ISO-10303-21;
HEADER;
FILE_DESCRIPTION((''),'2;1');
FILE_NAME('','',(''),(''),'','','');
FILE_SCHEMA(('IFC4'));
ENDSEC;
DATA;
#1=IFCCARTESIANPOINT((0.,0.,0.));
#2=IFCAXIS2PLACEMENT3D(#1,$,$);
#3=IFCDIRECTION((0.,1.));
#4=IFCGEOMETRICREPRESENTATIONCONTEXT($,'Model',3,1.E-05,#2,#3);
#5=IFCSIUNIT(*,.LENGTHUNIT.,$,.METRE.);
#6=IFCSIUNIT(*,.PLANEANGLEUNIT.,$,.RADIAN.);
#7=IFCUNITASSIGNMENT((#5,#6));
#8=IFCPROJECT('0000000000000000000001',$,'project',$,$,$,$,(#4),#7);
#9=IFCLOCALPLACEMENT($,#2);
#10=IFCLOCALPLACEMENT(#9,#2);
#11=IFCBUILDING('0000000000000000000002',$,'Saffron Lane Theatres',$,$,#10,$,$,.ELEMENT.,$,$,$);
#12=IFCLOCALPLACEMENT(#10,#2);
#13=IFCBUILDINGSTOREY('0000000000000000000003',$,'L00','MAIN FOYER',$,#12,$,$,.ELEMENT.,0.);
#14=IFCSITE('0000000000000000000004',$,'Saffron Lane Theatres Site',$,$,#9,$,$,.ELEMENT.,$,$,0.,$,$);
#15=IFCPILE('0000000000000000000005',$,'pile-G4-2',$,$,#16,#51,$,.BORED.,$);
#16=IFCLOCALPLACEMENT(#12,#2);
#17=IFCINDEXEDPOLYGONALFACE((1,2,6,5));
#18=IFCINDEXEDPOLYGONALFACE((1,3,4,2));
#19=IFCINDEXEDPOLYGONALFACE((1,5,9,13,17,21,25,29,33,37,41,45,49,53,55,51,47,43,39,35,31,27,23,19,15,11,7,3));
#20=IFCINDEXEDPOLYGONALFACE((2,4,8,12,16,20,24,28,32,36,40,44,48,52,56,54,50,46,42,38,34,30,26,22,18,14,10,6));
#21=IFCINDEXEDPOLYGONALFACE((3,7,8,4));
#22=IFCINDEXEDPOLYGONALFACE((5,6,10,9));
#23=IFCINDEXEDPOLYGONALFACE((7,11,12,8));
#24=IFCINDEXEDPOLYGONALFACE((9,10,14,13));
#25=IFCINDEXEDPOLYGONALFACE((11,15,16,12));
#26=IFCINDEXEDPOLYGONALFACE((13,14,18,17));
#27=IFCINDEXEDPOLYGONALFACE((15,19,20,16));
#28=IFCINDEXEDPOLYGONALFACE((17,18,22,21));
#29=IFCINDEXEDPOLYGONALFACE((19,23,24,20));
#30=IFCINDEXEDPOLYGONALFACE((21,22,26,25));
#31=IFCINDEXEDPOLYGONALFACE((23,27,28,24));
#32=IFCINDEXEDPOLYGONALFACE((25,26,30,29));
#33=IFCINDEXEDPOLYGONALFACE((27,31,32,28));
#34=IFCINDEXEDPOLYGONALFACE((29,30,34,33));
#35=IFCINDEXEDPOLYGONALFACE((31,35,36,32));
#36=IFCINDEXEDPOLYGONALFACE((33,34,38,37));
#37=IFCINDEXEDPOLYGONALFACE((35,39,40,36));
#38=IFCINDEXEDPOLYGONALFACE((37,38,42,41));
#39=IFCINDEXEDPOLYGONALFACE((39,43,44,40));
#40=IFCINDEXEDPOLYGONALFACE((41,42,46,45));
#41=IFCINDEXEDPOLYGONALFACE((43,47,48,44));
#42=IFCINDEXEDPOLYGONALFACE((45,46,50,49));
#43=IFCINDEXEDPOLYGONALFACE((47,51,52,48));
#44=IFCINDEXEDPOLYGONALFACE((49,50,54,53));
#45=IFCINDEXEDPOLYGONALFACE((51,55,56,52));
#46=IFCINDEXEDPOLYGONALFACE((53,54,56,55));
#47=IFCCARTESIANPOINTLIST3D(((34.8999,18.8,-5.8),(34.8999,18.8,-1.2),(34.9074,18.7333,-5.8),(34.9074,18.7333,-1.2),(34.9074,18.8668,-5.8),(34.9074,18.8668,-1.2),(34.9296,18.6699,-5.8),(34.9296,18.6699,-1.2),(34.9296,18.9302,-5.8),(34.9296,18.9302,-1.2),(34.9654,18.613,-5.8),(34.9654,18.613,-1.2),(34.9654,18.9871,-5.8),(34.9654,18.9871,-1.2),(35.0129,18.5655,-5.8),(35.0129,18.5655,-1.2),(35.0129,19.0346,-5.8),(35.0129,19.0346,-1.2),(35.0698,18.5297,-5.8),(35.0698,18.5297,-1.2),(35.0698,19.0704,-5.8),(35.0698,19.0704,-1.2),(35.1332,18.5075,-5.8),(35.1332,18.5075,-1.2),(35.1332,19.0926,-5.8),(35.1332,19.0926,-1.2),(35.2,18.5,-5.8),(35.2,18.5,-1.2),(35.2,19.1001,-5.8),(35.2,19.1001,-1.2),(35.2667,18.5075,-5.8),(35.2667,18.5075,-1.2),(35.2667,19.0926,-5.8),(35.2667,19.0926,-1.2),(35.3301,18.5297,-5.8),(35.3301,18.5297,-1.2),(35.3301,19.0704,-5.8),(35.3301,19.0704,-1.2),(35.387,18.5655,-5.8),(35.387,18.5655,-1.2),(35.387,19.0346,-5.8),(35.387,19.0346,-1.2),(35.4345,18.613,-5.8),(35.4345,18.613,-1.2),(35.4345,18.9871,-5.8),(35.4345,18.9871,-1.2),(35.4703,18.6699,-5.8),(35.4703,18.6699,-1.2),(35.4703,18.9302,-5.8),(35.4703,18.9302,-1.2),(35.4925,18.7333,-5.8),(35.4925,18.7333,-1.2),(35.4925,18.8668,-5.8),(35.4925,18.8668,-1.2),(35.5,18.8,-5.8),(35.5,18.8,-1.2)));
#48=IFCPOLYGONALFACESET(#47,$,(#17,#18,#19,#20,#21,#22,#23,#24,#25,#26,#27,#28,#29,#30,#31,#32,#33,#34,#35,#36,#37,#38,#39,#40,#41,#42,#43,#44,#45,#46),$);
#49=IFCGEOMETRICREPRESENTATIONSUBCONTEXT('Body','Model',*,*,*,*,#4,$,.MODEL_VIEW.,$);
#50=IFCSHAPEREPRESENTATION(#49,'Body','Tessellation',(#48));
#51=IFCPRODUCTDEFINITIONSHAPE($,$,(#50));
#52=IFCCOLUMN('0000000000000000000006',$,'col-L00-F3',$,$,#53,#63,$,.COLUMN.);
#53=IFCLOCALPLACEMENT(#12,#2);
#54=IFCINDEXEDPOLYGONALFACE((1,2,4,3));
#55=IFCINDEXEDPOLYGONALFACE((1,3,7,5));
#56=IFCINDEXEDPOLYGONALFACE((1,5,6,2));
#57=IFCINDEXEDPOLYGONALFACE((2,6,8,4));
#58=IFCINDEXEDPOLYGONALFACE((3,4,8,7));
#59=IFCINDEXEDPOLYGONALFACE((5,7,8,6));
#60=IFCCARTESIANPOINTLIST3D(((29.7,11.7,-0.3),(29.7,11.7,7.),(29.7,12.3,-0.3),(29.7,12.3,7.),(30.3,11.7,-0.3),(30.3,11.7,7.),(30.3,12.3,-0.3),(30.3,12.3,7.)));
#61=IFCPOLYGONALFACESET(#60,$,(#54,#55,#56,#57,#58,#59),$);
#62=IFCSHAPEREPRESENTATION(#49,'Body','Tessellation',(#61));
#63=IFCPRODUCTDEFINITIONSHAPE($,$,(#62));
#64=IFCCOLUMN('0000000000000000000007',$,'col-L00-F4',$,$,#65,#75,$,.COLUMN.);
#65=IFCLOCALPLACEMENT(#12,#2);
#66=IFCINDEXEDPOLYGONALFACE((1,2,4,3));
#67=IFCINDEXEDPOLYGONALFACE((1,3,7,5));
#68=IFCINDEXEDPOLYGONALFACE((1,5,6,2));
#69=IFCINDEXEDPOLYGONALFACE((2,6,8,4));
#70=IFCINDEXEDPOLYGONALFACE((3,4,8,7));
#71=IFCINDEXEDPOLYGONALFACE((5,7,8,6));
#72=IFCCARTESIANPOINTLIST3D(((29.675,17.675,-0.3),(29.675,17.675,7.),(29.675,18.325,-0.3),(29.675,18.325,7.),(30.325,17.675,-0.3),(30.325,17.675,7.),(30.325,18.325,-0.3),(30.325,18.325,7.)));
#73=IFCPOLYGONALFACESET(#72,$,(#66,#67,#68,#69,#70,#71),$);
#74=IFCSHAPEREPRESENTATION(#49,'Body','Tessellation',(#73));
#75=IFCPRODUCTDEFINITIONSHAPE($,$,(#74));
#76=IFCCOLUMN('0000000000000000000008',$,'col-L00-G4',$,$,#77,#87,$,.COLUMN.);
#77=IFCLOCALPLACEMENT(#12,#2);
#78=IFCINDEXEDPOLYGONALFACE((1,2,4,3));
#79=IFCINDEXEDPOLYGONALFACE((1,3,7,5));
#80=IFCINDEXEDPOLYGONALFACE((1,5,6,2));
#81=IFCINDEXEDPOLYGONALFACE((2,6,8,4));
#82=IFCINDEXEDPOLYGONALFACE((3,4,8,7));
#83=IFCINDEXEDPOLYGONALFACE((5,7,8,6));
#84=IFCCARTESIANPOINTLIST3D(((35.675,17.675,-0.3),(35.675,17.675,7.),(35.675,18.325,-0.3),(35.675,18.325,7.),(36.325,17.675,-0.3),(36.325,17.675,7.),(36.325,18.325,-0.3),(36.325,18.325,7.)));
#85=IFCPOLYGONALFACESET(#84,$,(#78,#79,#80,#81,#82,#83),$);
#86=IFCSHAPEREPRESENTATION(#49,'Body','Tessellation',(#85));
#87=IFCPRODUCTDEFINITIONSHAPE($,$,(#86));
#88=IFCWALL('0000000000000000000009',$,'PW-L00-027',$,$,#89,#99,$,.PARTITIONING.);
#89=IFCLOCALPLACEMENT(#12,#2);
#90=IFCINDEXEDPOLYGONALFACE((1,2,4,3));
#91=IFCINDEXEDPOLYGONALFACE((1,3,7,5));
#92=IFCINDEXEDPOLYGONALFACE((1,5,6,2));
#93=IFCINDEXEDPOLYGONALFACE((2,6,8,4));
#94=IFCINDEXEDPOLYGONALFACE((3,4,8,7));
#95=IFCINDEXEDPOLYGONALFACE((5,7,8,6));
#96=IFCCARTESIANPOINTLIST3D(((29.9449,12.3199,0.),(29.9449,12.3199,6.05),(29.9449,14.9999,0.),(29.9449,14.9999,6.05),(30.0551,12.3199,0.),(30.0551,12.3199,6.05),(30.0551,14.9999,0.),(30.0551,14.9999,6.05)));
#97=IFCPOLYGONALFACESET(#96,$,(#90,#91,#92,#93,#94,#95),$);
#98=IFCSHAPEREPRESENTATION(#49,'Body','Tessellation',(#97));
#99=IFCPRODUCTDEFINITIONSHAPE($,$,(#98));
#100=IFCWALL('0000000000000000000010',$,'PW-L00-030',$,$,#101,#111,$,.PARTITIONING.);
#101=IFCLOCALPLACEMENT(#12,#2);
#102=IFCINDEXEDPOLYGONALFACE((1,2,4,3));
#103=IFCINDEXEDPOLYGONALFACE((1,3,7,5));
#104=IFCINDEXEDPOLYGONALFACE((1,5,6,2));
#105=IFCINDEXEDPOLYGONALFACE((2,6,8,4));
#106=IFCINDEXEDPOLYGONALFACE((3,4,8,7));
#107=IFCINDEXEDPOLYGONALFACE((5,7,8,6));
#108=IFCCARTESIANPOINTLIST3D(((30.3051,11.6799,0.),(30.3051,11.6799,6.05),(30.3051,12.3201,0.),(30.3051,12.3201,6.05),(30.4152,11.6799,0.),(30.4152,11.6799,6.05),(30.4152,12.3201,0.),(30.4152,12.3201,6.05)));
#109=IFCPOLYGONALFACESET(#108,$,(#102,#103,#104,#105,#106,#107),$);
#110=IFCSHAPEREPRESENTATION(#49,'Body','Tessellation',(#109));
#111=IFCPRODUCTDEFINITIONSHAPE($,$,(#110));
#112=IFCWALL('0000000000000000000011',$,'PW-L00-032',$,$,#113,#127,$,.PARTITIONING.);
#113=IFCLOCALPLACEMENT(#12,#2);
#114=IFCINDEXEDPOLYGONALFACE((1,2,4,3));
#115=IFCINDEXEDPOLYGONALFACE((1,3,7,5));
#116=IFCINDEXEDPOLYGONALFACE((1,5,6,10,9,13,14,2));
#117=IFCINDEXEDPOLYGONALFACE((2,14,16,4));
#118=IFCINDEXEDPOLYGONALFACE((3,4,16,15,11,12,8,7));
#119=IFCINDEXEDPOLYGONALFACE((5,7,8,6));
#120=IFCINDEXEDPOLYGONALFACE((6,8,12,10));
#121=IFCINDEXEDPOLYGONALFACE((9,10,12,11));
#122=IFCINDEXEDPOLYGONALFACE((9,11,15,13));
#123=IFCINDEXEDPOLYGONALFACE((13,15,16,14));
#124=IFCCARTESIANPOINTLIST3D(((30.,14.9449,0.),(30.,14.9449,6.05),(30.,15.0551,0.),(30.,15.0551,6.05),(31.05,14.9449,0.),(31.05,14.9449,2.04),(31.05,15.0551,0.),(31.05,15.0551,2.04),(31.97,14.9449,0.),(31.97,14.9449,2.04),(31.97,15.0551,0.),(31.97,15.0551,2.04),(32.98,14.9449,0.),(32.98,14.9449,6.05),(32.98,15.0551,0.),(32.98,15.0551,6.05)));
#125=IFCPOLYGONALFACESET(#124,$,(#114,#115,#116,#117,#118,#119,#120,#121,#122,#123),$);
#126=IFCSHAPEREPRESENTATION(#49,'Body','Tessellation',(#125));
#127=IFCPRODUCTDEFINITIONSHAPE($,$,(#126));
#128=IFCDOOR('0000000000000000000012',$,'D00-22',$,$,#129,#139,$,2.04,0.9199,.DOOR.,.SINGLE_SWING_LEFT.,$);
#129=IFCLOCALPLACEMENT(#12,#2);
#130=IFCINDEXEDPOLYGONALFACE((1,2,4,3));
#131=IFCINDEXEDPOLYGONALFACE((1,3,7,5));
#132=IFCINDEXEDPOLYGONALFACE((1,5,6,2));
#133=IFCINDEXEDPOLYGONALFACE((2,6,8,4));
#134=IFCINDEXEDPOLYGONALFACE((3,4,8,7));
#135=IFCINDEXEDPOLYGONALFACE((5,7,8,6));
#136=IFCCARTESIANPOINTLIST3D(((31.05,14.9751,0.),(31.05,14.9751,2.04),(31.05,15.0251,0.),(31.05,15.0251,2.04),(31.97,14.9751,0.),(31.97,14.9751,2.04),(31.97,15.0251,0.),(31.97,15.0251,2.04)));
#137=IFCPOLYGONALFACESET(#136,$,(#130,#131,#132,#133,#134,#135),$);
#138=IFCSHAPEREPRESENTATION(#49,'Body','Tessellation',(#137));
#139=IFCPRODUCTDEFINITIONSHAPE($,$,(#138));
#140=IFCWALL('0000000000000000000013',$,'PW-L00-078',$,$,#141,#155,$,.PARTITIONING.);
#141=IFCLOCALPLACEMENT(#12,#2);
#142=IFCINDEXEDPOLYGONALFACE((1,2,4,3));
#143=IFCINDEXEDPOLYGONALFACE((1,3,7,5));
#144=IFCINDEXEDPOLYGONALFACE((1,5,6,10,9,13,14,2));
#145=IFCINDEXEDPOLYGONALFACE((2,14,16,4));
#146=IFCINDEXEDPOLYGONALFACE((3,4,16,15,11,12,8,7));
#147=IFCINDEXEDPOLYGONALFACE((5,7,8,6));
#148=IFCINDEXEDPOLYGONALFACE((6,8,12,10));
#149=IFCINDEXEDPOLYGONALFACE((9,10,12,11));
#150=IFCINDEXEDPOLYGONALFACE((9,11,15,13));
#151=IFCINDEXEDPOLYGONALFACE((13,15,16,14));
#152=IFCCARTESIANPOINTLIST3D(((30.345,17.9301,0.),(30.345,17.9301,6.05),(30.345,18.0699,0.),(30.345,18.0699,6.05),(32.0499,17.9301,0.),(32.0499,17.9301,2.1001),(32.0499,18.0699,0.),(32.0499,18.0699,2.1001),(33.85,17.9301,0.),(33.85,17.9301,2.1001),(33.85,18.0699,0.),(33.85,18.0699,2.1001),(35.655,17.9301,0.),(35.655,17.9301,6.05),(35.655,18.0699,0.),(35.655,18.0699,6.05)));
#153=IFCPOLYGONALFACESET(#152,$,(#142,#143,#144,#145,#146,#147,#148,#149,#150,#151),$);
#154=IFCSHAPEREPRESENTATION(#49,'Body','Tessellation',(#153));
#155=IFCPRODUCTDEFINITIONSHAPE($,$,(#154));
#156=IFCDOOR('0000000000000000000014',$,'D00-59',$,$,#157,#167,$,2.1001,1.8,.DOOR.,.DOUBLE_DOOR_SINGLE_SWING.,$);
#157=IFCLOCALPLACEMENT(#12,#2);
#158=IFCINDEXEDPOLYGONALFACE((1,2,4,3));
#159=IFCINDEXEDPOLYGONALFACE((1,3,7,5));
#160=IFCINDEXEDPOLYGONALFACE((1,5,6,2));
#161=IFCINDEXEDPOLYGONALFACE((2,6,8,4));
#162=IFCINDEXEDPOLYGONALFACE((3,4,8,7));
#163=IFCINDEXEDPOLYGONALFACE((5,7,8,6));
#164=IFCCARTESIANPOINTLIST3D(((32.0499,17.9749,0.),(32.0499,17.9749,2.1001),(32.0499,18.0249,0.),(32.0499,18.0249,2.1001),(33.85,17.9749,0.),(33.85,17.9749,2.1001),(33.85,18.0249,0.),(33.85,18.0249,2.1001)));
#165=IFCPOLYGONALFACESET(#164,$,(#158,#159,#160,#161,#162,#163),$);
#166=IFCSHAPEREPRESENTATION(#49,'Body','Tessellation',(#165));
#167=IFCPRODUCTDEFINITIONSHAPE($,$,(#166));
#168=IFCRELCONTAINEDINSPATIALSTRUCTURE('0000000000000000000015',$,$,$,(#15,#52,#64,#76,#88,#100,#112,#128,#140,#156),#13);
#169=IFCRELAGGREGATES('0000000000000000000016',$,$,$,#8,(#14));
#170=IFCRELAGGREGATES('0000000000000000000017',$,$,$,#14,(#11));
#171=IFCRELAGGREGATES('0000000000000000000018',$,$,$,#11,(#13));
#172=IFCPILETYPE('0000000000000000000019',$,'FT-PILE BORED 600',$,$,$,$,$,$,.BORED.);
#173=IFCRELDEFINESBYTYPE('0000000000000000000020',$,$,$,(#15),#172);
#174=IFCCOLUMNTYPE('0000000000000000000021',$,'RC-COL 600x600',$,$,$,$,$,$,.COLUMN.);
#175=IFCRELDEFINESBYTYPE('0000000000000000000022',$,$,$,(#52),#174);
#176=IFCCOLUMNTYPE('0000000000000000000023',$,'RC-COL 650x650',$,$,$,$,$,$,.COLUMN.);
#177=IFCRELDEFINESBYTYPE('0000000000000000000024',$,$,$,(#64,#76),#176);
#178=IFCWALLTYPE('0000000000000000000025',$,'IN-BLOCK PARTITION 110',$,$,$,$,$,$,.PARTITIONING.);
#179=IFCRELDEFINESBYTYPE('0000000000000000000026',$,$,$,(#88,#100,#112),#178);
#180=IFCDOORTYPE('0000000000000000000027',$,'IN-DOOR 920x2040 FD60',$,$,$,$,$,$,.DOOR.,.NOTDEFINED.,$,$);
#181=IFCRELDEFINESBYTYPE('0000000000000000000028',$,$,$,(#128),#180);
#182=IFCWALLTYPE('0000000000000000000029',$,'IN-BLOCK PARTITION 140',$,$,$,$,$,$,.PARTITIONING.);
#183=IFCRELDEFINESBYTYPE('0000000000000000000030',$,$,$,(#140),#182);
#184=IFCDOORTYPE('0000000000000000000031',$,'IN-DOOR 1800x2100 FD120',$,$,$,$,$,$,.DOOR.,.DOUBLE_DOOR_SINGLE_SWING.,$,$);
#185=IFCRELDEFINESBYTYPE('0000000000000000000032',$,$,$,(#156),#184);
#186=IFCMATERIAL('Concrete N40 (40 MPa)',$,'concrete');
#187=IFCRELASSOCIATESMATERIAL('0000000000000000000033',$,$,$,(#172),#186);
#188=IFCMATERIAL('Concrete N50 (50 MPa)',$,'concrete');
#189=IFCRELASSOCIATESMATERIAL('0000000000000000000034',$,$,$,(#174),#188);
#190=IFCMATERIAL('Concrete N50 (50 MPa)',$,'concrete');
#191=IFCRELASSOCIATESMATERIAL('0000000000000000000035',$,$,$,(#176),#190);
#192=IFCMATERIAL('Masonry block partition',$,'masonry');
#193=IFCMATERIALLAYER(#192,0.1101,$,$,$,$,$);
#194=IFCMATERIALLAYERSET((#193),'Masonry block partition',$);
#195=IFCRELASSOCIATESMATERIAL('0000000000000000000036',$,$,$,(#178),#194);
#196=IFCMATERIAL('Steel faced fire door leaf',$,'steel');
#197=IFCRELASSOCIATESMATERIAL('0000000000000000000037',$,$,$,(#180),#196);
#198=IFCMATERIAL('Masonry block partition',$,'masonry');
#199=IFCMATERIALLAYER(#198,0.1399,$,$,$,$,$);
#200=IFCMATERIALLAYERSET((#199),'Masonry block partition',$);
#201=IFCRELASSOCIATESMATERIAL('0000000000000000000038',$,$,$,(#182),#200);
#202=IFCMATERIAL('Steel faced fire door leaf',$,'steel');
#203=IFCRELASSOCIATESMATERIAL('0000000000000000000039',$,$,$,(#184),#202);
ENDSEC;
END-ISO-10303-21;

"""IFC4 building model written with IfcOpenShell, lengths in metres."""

from ifc_helpers import new_model, si_unit, direction, frame, frame_2d, origin, origin_2d, place, context, subcontext, project, spatial, rectangle, circle, extrude, material, layer, layer_set, material_profile, profile_set, type_object, element, fill, save


model = new_model("IFC4")

# Units and contexts
model_context = context("Model", 3, precision=1e-05, world=origin(), true_north=direction((0.0, 1.0)))
body_context = subcontext(model_context, "Body", "Model", "MODEL_VIEW")
ifc_project = project(units=[si_unit("LENGTHUNIT", "METRE"), si_unit("PLANEANGLEUNIT", "RADIAN")], contexts=[model_context])

# Site, building, storey
site_placement = place(None, origin())
site = spatial("IfcSite", under=ifc_project, at=site_placement, Name="Saffron Lane Theatres Site", CompositionType="ELEMENT", RefElevation=0.0)
building_placement = place(site_placement, origin())
building = spatial("IfcBuilding", under=site, at=building_placement, Name="Saffron Lane Theatres", CompositionType="ELEMENT")
storey_placement = place(building_placement, origin())
storey = spatial("IfcBuildingStorey", under=building, at=storey_placement, Name="L00", Description="MAIN FOYER", CompositionType="ELEMENT", Elevation=0.0)

# Pile
ifc_material_1 = material(Name="Concrete N40 (40 MPa)", Category="concrete")
ifc_material_profile_1 = material_profile(ifc_material_1, circle(Radius=0.3, at=origin_2d()))
ifc_profile_set_1 = profile_set([ifc_material_profile_1], Name="Concrete N40 (40 MPa)")
pile_type = type_object("IfcPileType", Name="FT-PILE BORED 600", PredefinedType="BORED", material=ifc_profile_set_1)
for number, where, z_axis, x_axis, name in (
    (1, (35.2, 18.8, -1.2), (0.0, 0.0, -1.0), (1.0, 0.0, 0.0), "pile-G4-2"),
):
    element("IfcPile", number, at=place(storey_placement, frame(where, z_axis=z_axis, x_axis=x_axis)), inside=storey, type_object=pile_type, Name=name, PredefinedType="BORED", context=body_context, shape_type="SweptSolid", body=[
        extrude(circle(Radius=0.3, at=origin_2d()), origin(), (0.0, 0.0, 1.0), 4.6001),
    ])

# Columns
ifc_material_2 = material(Name="Concrete N50 (50 MPa)", Category="concrete")
ifc_material_profile_2 = material_profile(ifc_material_2, rectangle(XDim=0.6001, YDim=0.6001, at=origin_2d()))
ifc_profile_set_2 = profile_set([ifc_material_profile_2], Name="Concrete N50 (50 MPa)")
column_type_1 = type_object("IfcColumnType", Name="RC-COL 600x600", PredefinedType="COLUMN", material=ifc_profile_set_2)
column_placement = place(storey_placement, frame((30.0, 12.0, -0.3), z_axis=(0.0, 0.0, 1.0), x_axis=(1.0, 0.0, 0.0)))
element("IfcColumn", 2, at=column_placement, inside=storey, type_object=column_type_1, Name="col-L00-F3", PredefinedType="COLUMN", context=body_context, shape_type="SweptSolid", body=[
    extrude(rectangle(XDim=0.6001, YDim=0.6001, at=origin_2d()), origin(), (0.0, 0.0, 1.0), 7.3),
])
ifc_material_3 = material(Name="Concrete N50 (50 MPa)", Category="concrete")
ifc_material_profile_3 = material_profile(ifc_material_3, rectangle(XDim=0.6499, YDim=0.6499, at=origin_2d()))
ifc_profile_set_3 = profile_set([ifc_material_profile_3], Name="Concrete N50 (50 MPa)")
column_type_2 = type_object("IfcColumnType", Name="RC-COL 650x650", PredefinedType="COLUMN", material=ifc_profile_set_3)
for number, where, z_axis, x_axis, name in (
    (3, (30.0, 18.0, -0.3), (0.0, 0.0, 1.0), (1.0, 0.0, 0.0), "col-L00-F4"),
    (4, (36.0, 18.0, -0.3), (0.0, 0.0, 1.0), (1.0, 0.0, 0.0), "col-L00-G4"),
):
    element("IfcColumn", number, at=place(storey_placement, frame(where, z_axis=z_axis, x_axis=x_axis)), inside=storey, type_object=column_type_2, Name=name, PredefinedType="COLUMN", context=body_context, shape_type="SweptSolid", body=[
        extrude(rectangle(XDim=0.6499, YDim=0.6499, at=origin_2d()), origin(), (0.0, 0.0, 1.0), 7.3),
    ])

# Walls
ifc_material_4 = material(Name="Masonry block partition", Category="masonry")
ifc_layer_1 = layer(ifc_material_4, 0.1101)
ifc_layer_set_1 = layer_set([ifc_layer_1], Name="Masonry block partition")
wall_type_1 = type_object("IfcWallType", Name="IN-BLOCK PARTITION 110", PredefinedType="PARTITIONING", material=ifc_layer_set_1)
wall_1_placement = place(storey_placement, frame((30.0, 12.3201, 0.0), z_axis=(0.0, 0.0, 1.0), x_axis=(0.0, 1.0, 0.0)))
element("IfcWall", 5, at=wall_1_placement, inside=storey, type_object=wall_type_1, Name="PW-L00-027", PredefinedType="PARTITIONING", context=body_context, shape_type="SweptSolid", body=[
    extrude(rectangle(XDim=2.6799, YDim=0.1101, at=frame_2d((1.3398, 0.0))), origin(), (0.0, 0.0, 1.0), 6.05),
])
wall_2_placement = place(storey_placement, frame((30.3601, 11.6799, 0.0), z_axis=(0.0, 0.0, 1.0), x_axis=(0.0, 1.0, 0.0)))
element("IfcWall", 6, at=wall_2_placement, inside=storey, type_object=wall_type_1, Name="PW-L00-030", PredefinedType="PARTITIONING", context=body_context, shape_type="SweptSolid", body=[
    extrude(rectangle(XDim=0.6401, YDim=0.1101, at=frame_2d((0.3201, 0.0))), origin(), (0.0, 0.0, 1.0), 6.05),
])

# Walls, openings, doors
wall_3_placement = place(storey_placement, frame((30.0, 15.0, 0.0), z_axis=(0.0, 0.0, 1.0), x_axis=(1.0, 0.0, 0.0)))
wall_3 = element("IfcWall", 7, at=wall_3_placement, inside=storey, type_object=wall_type_1, Name="PW-L00-032", PredefinedType="PARTITIONING", context=body_context, shape_type="SweptSolid", body=[
    extrude(rectangle(XDim=2.98, YDim=0.1101, at=frame_2d((1.49, 0.0))), origin(), (0.0, 0.0, 1.0), 6.05),
])
opening_1_placement = place(wall_3_placement, frame((1.05, 0.0, 0.0)))
opening_1 = element("IfcOpeningElement", 8, at=opening_1_placement, cuts=wall_3, PredefinedType="OPENING", context=body_context, shape_type="SweptSolid", body=[
    extrude(rectangle(XDim=0.9199, YDim=2.04, at=frame_2d((0.46, 1.02))), frame((0.0, 0.0649, 0.0), z_axis=(0.0, -1.0, 0.0), x_axis=(1.0, 0.0, 0.0)), (0.0, 0.0, 1.0), 0.1301),
])
ifc_material_5 = material(Name="Steel faced fire door leaf", Category="steel")
door_type_1 = type_object("IfcDoorType", Name="IN-DOOR 920x2040 FD60", OperationType="NOTDEFINED", PredefinedType="DOOR", material=ifc_material_5)
door_1_placement = place(opening_1_placement, frame((0.9199, 0.0, 0.0), z_axis=(0.0, 0.0, 1.0), x_axis=(-1.0, 0.0, 0.0)))
door_1 = element("IfcDoor", 9, at=door_1_placement, inside=storey, type_object=door_type_1, Name="D00-22", OperationType="SINGLE_SWING_LEFT", OverallHeight=2.04, OverallWidth=0.9199, PredefinedType="DOOR", context=body_context, shape_type="SweptSolid", body=[
    extrude(rectangle(XDim=0.9199, YDim=2.04, at=frame_2d((0.46, 1.02))), frame((0.0, 0.0249, 0.0), z_axis=(0.0, -1.0, 0.0), x_axis=(1.0, 0.0, 0.0)), (0.0, 0.0, 1.0), 0.05),
])
fill(opening_1, door_1)
ifc_material_6 = material(Name="Masonry block partition", Category="masonry")
ifc_layer_2 = layer(ifc_material_6, 0.1399)
ifc_layer_set_2 = layer_set([ifc_layer_2], Name="Masonry block partition")
wall_type_2 = type_object("IfcWallType", Name="IN-BLOCK PARTITION 140", PredefinedType="PARTITIONING", material=ifc_layer_set_2)
wall_4_placement = place(storey_placement, frame((30.345, 18.0, 0.0), z_axis=(0.0, 0.0, 1.0), x_axis=(1.0, 0.0, 0.0)))
wall_4 = element("IfcWall", 10, at=wall_4_placement, inside=storey, type_object=wall_type_2, Name="PW-L00-078", PredefinedType="PARTITIONING", context=body_context, shape_type="SweptSolid", body=[
    extrude(rectangle(XDim=5.3101, YDim=0.1399, at=frame_2d((2.655, 0.0))), origin(), (0.0, 0.0, 1.0), 6.05),
])
opening_2_placement = place(wall_4_placement, frame((1.7051, 0.0, 0.0)))
opening_2 = element("IfcOpeningElement", 11, at=opening_2_placement, cuts=wall_4, PredefinedType="OPENING", context=body_context, shape_type="SweptSolid", body=[
    extrude(rectangle(XDim=1.8, YDim=2.1001, at=frame_2d((0.8999, 1.05))), frame((0.0, 0.0801, 0.0), z_axis=(0.0, -1.0, 0.0), x_axis=(1.0, 0.0, 0.0)), (0.0, 0.0, 1.0), 0.1599),
])
ifc_material_7 = material(Name="Steel faced fire door leaf", Category="steel")
door_type_2 = type_object("IfcDoorType", Name="IN-DOOR 1800x2100 FD120", OperationType="DOUBLE_DOOR_SINGLE_SWING", PredefinedType="DOOR", material=ifc_material_7)
door_2_placement = place(opening_2_placement, origin())
door_2 = element("IfcDoor", 12, at=door_2_placement, inside=storey, type_object=door_type_2, Name="D00-59", OperationType="DOUBLE_DOOR_SINGLE_SWING", OverallHeight=2.1001, OverallWidth=1.8, PredefinedType="DOOR", context=body_context, shape_type="SweptSolid", body=[
    extrude(rectangle(XDim=1.8, YDim=2.1001, at=frame_2d((0.8999, 1.05))), frame((0.0, 0.0249, 0.0), z_axis=(0.0, -1.0, 0.0), x_axis=(1.0, 0.0, 0.0)), (0.0, 0.0, 1.0), 0.05),
])
fill(opening_2, door_2)

save(model, "model.ifc")
